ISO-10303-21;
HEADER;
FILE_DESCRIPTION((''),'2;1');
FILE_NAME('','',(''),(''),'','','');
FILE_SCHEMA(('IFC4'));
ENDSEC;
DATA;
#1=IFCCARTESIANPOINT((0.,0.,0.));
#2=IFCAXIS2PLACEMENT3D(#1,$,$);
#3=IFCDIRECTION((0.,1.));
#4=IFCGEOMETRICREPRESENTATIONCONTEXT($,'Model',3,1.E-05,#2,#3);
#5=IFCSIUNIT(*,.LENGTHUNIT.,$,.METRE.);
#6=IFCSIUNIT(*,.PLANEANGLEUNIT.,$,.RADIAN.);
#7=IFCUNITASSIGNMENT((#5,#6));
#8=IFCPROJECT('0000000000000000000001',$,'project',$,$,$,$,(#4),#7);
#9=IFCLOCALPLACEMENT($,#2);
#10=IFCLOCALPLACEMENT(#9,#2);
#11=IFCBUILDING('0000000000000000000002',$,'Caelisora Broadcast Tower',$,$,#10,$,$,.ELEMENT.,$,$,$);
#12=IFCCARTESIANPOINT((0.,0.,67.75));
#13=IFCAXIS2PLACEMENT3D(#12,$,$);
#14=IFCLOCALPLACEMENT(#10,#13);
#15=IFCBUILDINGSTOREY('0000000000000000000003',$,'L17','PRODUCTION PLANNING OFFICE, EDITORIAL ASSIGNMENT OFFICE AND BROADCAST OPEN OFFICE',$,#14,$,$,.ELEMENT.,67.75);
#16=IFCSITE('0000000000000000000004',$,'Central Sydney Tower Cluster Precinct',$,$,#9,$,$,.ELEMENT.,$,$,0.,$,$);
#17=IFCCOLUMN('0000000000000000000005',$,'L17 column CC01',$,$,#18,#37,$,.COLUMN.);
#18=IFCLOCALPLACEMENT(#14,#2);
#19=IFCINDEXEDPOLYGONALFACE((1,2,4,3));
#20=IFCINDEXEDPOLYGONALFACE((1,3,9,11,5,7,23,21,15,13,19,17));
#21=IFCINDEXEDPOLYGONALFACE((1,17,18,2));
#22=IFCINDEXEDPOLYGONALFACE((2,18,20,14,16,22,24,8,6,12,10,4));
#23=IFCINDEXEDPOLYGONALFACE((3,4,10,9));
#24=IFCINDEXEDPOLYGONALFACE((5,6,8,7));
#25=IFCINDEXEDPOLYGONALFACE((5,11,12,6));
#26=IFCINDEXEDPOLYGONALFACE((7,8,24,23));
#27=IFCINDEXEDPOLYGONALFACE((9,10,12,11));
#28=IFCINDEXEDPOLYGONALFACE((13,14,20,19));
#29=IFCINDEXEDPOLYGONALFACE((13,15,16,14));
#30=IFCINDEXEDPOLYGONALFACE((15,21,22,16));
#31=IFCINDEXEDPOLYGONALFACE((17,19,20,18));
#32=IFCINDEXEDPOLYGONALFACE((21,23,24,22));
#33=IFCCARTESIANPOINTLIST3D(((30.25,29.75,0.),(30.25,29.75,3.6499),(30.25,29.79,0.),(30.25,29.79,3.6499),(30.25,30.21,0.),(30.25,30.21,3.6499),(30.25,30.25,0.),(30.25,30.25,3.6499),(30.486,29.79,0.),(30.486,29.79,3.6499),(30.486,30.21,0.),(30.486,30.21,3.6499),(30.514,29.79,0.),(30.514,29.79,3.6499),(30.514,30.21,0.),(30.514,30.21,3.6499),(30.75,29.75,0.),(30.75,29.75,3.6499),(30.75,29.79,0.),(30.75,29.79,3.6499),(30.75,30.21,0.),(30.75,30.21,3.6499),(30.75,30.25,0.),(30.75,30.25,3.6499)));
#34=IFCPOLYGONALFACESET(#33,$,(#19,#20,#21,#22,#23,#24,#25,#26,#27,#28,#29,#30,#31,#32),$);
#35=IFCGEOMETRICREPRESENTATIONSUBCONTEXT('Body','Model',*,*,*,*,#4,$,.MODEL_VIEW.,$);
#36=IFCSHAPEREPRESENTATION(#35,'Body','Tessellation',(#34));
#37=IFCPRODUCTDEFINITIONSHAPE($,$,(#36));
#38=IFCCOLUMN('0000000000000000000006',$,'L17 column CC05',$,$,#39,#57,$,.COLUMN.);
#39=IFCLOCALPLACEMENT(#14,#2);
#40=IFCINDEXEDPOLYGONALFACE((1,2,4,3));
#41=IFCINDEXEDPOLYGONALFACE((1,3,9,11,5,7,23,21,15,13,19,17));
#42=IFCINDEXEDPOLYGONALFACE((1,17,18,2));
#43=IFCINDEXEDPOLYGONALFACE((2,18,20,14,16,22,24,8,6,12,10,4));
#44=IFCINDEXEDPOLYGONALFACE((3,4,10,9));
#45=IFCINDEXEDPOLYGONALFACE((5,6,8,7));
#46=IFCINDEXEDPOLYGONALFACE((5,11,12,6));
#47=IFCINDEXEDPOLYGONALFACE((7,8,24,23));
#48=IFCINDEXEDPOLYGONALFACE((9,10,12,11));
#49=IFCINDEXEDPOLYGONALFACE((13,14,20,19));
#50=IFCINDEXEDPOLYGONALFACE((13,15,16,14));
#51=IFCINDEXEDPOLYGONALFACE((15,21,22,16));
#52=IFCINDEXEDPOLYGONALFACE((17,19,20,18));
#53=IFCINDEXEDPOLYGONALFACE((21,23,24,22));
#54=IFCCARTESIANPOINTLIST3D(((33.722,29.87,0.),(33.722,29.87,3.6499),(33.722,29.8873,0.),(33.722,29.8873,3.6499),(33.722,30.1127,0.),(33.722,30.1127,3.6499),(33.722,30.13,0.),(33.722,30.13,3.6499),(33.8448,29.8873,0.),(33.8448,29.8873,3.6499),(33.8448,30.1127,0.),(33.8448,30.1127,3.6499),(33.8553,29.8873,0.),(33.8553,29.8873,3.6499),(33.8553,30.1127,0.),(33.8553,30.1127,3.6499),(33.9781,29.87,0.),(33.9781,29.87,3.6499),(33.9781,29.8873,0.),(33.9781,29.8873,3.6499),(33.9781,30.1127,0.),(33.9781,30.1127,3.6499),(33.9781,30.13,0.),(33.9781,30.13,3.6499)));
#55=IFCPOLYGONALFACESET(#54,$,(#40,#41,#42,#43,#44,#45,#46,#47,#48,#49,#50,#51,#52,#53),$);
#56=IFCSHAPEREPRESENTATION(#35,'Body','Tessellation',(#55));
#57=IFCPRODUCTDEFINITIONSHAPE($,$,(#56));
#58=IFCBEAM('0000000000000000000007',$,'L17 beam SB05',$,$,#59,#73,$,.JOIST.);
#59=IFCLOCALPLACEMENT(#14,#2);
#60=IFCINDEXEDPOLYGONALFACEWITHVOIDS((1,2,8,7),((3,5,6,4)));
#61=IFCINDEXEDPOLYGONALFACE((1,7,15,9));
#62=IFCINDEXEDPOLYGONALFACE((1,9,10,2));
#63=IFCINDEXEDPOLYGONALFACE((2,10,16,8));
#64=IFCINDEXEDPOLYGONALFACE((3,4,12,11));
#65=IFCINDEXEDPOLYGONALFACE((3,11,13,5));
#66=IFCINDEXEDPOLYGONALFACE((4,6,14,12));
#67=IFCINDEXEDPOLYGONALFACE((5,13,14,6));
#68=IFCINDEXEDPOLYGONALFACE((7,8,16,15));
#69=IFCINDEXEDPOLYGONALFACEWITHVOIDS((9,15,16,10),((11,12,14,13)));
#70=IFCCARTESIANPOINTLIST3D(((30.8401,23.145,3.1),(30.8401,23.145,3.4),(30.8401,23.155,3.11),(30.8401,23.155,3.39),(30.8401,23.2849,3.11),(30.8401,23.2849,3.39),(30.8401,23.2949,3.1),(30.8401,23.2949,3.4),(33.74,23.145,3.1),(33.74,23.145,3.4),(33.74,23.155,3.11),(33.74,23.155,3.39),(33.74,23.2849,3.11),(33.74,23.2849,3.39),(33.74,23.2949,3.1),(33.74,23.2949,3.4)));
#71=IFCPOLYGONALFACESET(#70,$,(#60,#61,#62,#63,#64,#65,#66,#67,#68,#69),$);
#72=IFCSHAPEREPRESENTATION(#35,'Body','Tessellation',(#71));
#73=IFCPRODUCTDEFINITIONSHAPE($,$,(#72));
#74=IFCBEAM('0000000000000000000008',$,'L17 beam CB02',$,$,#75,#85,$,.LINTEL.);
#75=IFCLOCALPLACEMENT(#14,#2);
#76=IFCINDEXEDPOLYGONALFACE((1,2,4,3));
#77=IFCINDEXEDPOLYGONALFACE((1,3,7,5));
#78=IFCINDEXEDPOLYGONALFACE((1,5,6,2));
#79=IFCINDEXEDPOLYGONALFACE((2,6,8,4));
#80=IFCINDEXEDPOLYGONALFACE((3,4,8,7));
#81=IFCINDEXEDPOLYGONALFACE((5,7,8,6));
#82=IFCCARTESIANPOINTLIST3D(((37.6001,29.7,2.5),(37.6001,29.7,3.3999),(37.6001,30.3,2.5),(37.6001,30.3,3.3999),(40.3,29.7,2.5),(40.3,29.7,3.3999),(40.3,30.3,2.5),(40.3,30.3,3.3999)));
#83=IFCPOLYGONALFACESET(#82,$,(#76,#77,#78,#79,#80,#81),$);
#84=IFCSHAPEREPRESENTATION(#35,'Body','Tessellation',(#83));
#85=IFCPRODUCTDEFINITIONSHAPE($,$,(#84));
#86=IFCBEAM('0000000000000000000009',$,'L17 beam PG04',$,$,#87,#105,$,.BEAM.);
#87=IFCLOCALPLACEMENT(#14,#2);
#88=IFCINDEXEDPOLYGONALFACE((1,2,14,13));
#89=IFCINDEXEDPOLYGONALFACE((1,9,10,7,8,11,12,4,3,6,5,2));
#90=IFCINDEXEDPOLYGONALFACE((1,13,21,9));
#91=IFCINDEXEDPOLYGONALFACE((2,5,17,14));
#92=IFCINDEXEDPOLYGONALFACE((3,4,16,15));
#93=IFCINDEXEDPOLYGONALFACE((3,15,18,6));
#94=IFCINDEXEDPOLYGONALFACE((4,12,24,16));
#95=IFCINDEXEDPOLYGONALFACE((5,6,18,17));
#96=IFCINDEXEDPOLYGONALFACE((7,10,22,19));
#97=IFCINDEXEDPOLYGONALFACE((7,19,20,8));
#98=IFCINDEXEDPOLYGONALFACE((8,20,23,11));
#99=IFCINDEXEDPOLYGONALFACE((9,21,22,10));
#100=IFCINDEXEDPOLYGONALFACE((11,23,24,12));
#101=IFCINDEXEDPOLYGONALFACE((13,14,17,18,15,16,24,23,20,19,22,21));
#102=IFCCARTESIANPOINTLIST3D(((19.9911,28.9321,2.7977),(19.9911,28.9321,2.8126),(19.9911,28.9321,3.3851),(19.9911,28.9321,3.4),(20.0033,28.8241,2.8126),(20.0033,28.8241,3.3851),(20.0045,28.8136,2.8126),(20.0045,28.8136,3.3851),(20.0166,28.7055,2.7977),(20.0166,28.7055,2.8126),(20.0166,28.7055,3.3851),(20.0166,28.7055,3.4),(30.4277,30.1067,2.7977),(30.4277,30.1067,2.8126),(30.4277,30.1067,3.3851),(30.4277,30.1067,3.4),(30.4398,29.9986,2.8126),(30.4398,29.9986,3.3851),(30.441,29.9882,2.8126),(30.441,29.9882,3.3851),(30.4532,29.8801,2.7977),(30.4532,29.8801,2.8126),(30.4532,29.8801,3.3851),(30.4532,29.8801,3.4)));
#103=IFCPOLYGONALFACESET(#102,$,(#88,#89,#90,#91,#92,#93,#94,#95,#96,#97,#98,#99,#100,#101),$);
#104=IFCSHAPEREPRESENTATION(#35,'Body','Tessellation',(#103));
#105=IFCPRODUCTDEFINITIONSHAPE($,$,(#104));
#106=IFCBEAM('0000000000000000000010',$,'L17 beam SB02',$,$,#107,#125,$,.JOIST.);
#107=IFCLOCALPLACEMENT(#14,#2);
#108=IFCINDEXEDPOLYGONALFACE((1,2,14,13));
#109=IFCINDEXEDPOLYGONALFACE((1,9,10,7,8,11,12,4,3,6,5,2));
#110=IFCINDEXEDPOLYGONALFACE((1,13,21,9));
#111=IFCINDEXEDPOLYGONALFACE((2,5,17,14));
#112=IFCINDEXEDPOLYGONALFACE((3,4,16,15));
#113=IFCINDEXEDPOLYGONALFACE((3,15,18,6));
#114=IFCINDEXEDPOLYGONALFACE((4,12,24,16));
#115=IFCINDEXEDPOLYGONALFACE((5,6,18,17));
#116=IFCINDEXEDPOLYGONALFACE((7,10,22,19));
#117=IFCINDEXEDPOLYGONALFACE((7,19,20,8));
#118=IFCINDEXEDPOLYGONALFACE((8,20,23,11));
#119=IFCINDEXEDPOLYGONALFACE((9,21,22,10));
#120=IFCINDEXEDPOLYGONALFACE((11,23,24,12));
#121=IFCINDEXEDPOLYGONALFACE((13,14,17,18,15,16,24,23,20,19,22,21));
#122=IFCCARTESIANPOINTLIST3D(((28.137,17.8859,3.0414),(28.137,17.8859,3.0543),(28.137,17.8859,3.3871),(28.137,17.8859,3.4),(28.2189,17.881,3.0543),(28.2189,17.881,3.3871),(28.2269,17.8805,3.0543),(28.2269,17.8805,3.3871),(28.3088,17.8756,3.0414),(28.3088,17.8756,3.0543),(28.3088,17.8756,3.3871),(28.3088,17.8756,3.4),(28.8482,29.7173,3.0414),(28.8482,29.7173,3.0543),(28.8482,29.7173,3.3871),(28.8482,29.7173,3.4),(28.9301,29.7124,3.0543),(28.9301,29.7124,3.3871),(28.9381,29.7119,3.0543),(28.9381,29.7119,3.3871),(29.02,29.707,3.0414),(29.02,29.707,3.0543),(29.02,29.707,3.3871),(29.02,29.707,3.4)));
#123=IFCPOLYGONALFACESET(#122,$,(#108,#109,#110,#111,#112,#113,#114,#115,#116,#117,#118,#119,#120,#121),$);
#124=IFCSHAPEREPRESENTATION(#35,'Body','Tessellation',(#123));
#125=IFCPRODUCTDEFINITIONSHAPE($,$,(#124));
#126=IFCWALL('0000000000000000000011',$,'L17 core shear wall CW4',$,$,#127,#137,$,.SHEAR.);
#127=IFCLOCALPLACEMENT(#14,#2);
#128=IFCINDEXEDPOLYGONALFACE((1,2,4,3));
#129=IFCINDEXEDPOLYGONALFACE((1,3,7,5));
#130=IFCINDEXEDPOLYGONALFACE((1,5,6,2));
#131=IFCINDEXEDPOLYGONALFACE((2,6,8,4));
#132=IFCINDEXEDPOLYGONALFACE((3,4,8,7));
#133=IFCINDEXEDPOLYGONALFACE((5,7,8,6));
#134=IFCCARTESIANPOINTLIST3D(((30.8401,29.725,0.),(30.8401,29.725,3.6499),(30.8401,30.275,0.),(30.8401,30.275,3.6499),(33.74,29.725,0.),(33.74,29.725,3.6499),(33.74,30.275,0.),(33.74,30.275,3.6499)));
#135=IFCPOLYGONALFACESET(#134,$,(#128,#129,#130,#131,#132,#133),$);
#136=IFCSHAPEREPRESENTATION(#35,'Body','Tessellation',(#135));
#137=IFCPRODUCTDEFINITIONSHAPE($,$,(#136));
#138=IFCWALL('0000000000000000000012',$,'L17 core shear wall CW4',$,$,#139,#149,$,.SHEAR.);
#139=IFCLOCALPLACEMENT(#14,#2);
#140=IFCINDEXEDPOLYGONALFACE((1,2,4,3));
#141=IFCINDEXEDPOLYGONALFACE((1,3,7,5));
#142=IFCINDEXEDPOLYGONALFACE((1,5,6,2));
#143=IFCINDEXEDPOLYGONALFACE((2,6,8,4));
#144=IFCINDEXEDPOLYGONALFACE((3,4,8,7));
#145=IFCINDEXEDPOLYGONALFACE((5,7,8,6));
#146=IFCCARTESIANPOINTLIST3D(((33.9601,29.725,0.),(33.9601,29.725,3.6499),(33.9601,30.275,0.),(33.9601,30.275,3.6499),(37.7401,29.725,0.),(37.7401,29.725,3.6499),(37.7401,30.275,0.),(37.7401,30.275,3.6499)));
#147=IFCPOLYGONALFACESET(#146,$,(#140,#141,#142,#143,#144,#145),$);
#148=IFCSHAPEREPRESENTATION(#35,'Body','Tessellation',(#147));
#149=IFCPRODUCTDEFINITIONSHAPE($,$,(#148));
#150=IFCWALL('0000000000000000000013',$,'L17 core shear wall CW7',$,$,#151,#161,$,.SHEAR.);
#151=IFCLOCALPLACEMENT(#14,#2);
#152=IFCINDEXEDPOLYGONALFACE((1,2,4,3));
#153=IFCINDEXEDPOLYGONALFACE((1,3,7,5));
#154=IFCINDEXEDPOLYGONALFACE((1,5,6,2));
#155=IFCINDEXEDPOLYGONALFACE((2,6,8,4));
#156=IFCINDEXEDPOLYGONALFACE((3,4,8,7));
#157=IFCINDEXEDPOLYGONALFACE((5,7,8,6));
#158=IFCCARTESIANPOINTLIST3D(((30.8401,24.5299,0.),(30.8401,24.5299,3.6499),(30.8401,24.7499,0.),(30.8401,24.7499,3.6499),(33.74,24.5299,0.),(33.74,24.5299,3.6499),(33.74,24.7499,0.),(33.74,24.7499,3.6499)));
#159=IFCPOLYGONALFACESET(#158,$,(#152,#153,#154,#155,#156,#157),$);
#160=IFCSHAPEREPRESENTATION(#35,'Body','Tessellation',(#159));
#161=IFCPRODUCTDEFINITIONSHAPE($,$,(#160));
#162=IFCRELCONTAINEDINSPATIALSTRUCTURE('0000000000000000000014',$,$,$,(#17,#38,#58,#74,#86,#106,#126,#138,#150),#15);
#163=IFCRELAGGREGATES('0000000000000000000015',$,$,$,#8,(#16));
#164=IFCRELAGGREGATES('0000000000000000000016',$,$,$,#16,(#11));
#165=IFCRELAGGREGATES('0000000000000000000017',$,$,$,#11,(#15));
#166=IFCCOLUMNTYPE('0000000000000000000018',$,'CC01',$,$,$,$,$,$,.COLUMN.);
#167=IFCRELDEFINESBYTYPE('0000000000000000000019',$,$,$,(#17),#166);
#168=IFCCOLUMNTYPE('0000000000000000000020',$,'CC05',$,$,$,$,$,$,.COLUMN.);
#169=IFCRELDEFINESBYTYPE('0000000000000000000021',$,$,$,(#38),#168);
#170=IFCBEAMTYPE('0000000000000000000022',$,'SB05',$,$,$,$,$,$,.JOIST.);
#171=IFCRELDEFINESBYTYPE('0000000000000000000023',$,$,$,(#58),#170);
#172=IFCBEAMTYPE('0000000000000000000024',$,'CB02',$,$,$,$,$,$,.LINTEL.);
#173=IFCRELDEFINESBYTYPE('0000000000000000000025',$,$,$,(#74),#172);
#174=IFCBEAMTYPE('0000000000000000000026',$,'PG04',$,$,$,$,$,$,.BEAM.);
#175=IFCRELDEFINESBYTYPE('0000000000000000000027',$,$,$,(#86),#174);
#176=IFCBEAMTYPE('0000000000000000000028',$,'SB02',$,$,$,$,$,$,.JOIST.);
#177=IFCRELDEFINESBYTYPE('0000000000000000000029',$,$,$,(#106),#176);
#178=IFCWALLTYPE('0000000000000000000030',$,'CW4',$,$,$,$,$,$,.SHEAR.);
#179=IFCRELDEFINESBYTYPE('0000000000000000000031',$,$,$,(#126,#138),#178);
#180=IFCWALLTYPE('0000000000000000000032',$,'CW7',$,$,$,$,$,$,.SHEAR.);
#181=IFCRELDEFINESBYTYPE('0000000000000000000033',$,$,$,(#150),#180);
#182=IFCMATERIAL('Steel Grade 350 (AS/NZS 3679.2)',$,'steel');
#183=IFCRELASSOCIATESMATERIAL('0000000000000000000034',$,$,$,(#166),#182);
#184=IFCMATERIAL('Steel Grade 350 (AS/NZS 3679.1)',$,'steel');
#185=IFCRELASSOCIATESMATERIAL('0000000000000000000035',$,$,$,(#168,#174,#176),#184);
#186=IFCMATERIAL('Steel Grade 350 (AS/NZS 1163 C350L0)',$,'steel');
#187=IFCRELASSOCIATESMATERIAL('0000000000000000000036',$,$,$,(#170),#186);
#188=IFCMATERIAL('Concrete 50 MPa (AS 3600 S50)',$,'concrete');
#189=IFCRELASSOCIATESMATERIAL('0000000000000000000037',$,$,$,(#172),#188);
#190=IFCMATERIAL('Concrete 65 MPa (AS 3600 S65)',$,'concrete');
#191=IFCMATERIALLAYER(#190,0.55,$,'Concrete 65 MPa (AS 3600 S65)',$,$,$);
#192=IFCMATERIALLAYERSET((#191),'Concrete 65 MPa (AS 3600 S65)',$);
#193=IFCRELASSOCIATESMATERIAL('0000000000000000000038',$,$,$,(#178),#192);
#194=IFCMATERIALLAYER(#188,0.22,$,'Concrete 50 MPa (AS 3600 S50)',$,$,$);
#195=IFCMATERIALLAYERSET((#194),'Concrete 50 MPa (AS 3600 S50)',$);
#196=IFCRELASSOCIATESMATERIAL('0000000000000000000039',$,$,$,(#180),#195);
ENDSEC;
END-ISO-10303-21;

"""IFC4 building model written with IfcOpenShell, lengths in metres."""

from ifc_helpers import new_model, si_unit, direction, frame, frame_2d, origin, origin_2d, place, context, subcontext, project, spatial, rectangle, hollow_rectangle, i_section, extrude, source, transform, mapped, material, layer, layer_set, material_profile, profile_set, type_object, type_shapes, element, save


model = new_model("IFC4")

# Units and contexts
model_context = context("Model", 3, precision=1e-05, world=origin(), true_north=direction((0.0, 1.0)))
body_context = subcontext(model_context, "Body", "Model", "MODEL_VIEW")
ifc_project = project(units=[si_unit("LENGTHUNIT", "METRE"), si_unit("PLANEANGLEUNIT", "RADIAN")], contexts=[model_context])

# Site, building, storey
site_placement = place(None, origin())
site = spatial("IfcSite", under=ifc_project, at=site_placement, Name="Central Sydney Tower Cluster Precinct", CompositionType="ELEMENT", RefElevation=0.0)
building_placement = place(site_placement, origin())
building = spatial("IfcBuilding", under=site, at=building_placement, Name="Caelisora Broadcast Tower", CompositionType="ELEMENT")
storey_placement = place(building_placement, frame((0.0, 0.0, 67.75)))
storey = spatial("IfcBuildingStorey", under=building, at=storey_placement, Name="L17", Description="PRODUCTION PLANNING OFFICE, EDITORIAL ASSIGNMENT OFFICE AND BROADCAST OPEN OFFICE", CompositionType="ELEMENT", Elevation=67.75)

# Columns
ifc_material_1 = material(Name="Steel Grade 350 (AS/NZS 3679.2)", Category="steel")
ifc_material_profile_1 = material_profile(ifc_material_1, i_section(OverallWidth=0.5, OverallDepth=0.5, WebThickness=0.0281, FlangeThickness=0.04, at=origin_2d()), Name="Steel Grade 350 (AS/NZS 3679.2)")
ifc_profile_set_1 = profile_set([ifc_material_profile_1], Name="Steel Grade 350 (AS/NZS 3679.2)")
column_type_1 = type_object("IfcColumnType", Name="CC01", PredefinedType="COLUMN", material=ifc_profile_set_1)
shared_shape_1 = source(origin(), body_context, "Body", "SweptSolid", [
    extrude(i_section(OverallWidth=0.5, OverallDepth=0.5, WebThickness=0.0281, FlangeThickness=0.04, at=origin_2d()), origin(), (0.0, 0.0, 1.0), 3.6499),
])
type_shapes(column_type_1, [shared_shape_1])
column_1_placement = place(storey_placement, frame((30.5, 30.0, 0.0), z_axis=(0.0, 0.0, 1.0), x_axis=(1.0, 0.0, 0.0)))
element("IfcColumn", 1, at=column_1_placement, inside=storey, type_object=column_type_1, Name="L17 column CC01", PredefinedType="COLUMN", context=body_context, shape_type="MappedRepresentation", body=[
    mapped(shared_shape_1, transform((0.0, 0.0, 0.0), scale=1.0)),
])
ifc_material_2 = material(Name="Steel Grade 350 (AS/NZS 3679.1)", Category="steel")
ifc_material_profile_2 = material_profile(ifc_material_2, i_section(OverallWidth=0.2561, OverallDepth=0.26, WebThickness=0.0105, FlangeThickness=0.0173, at=origin_2d()), Name="Steel Grade 350 (AS/NZS 3679.1)")
ifc_profile_set_2 = profile_set([ifc_material_profile_2], Name="Steel Grade 350 (AS/NZS 3679.1)")
column_type_2 = type_object("IfcColumnType", Name="CC05", PredefinedType="COLUMN", material=ifc_profile_set_2)
shared_shape_2 = source(origin(), body_context, "Body", "SweptSolid", [
    extrude(i_section(OverallWidth=0.2561, OverallDepth=0.26, WebThickness=0.0105, FlangeThickness=0.0173, at=origin_2d()), origin(), (0.0, 0.0, 1.0), 3.6499),
])
type_shapes(column_type_2, [shared_shape_2])
column_2_placement = place(storey_placement, frame((33.8501, 30.0, 0.0), z_axis=(0.0, 0.0, 1.0), x_axis=(1.0, 0.0, 0.0)))
element("IfcColumn", 2, at=column_2_placement, inside=storey, type_object=column_type_2, Name="L17 column CC05", PredefinedType="COLUMN", context=body_context, shape_type="MappedRepresentation", body=[
    mapped(shared_shape_2, transform((0.0, 0.0, 0.0), scale=1.0)),
])

# Beams
ifc_material_3 = material(Name="Steel Grade 350 (AS/NZS 1163 C350L0)", Category="steel")
ifc_material_profile_3 = material_profile(ifc_material_3, hollow_rectangle(XDim=0.1499, YDim=0.3, WallThickness=0.01, at=origin_2d()), Name="Steel Grade 350 (AS/NZS 1163 C350L0)")
ifc_profile_set_3 = profile_set([ifc_material_profile_3], Name="Steel Grade 350 (AS/NZS 1163 C350L0)")
beam_type_1 = type_object("IfcBeamType", Name="SB05", PredefinedType="JOIST", material=ifc_profile_set_3)
shared_shape_3 = source(origin(), body_context, "Body", "SweptSolid", [
    extrude(hollow_rectangle(XDim=0.1499, YDim=0.3, WallThickness=0.01, at=origin_2d()), origin(), (0.0, 0.0, 1.0), 2.8999),
])
type_shapes(beam_type_1, [shared_shape_3])
beam_1_placement = place(storey_placement, frame((30.8401, 23.22, 3.25), z_axis=(1.0, 0.0, 0.0), x_axis=(0.0, 1.0, 0.0)))
element("IfcBeam", 3, at=beam_1_placement, inside=storey, type_object=beam_type_1, Name="L17 beam SB05", PredefinedType="JOIST", context=body_context, shape_type="MappedRepresentation", body=[
    mapped(shared_shape_3, transform((0.0, 0.0, 0.0), scale=1.0)),
])
ifc_material_4 = material(Name="Concrete 50 MPa (AS 3600 S50)", Category="concrete")
ifc_material_profile_4 = material_profile(ifc_material_4, rectangle(XDim=0.6001, YDim=0.8999, at=origin_2d()), Name="Concrete 50 MPa (AS 3600 S50)")
ifc_profile_set_4 = profile_set([ifc_material_profile_4], Name="Concrete 50 MPa (AS 3600 S50)")
beam_type_2 = type_object("IfcBeamType", Name="CB02", PredefinedType="LINTEL", material=ifc_profile_set_4)
shared_shape_4 = source(origin(), body_context, "Body", "SweptSolid", [
    extrude(rectangle(XDim=0.6001, YDim=0.8999, at=origin_2d()), origin(), (0.0, 0.0, 1.0), 2.7),
])
type_shapes(beam_type_2, [shared_shape_4])
beam_2_placement = place(storey_placement, frame((37.6001, 30.0, 2.95), z_axis=(1.0, 0.0, 0.0), x_axis=(0.0, 1.0, 0.0)))
element("IfcBeam", 4, at=beam_2_placement, inside=storey, type_object=beam_type_2, Name="L17 beam CB02", PredefinedType="LINTEL", context=body_context, shape_type="MappedRepresentation", body=[
    mapped(shared_shape_4, transform((0.0, 0.0, 0.0), scale=1.0)),
])
ifc_material_profile_5 = material_profile(ifc_material_2, i_section(OverallWidth=0.228, OverallDepth=0.6023, WebThickness=0.0105, FlangeThickness=0.0149, at=origin_2d()), Name="Steel Grade 350 (AS/NZS 3679.1)")
ifc_profile_set_5 = profile_set([ifc_material_profile_5], Name="Steel Grade 350 (AS/NZS 3679.1)")
beam_type_3 = type_object("IfcBeamType", Name="PG04", PredefinedType="BEAM", material=ifc_profile_set_5)
shared_shape_5 = source(origin(), body_context, "Body", "SweptSolid", [
    extrude(i_section(OverallWidth=0.228, OverallDepth=0.6023, WebThickness=0.0105, FlangeThickness=0.0149, at=origin_2d()), origin(), (0.0, 0.0, 1.0), 10.5024),
])
type_shapes(beam_type_3, [shared_shape_5])
beam_3_placement = place(storey_placement, frame((30.4404, 29.9934, 3.0989), z_axis=(-0.993727, -0.111837, 0.0), x_axis=(0.111837, -0.993727, 0.0)))
element("IfcBeam", 5, at=beam_3_placement, inside=storey, type_object=beam_type_3, Name="L17 beam PG04", PredefinedType="BEAM", context=body_context, shape_type="MappedRepresentation", body=[
    mapped(shared_shape_5, transform((0.0, 0.0, 0.0), scale=1.0)),
])
ifc_material_profile_6 = material_profile(ifc_material_2, i_section(OverallWidth=0.1721, OverallDepth=0.3586, WebThickness=0.0081, FlangeThickness=0.0129, at=origin_2d()), Name="Steel Grade 350 (AS/NZS 3679.1)")
ifc_profile_set_6 = profile_set([ifc_material_profile_6], Name="Steel Grade 350 (AS/NZS 3679.1)")
beam_type_4 = type_object("IfcBeamType", Name="SB02", PredefinedType="JOIST", material=ifc_profile_set_6)
shared_shape_6 = source(origin(), body_context, "Body", "SweptSolid", [
    extrude(i_section(OverallWidth=0.1721, OverallDepth=0.3586, WebThickness=0.0081, FlangeThickness=0.0129, at=origin_2d()), origin(), (0.0, 0.0, 1.0), 11.8528),
])
type_shapes(beam_type_4, [shared_shape_6])
beam_4_placement = place(storey_placement, frame((28.9341, 29.7122, 3.2207), z_axis=(-0.060001, -0.998198, 0.0), x_axis=(0.998198, -0.060001, 0.0)))
element("IfcBeam", 6, at=beam_4_placement, inside=storey, type_object=beam_type_4, Name="L17 beam SB02", PredefinedType="JOIST", context=body_context, shape_type="MappedRepresentation", body=[
    mapped(shared_shape_6, transform((0.0, 0.0, 0.0), scale=1.0)),
])

# Walls
ifc_material_5 = material(Name="Concrete 65 MPa (AS 3600 S65)", Category="concrete")
ifc_layer_1 = layer(ifc_material_5, 0.55, Name="Concrete 65 MPa (AS 3600 S65)")
ifc_layer_set_1 = layer_set([ifc_layer_1], Name="Concrete 65 MPa (AS 3600 S65)")
wall_type_1 = type_object("IfcWallType", Name="CW4", PredefinedType="SHEAR", material=ifc_layer_set_1)
wall_1_placement = place(storey_placement, frame((30.8401, 30.0, 0.0), z_axis=(0.0, 0.0, 1.0), x_axis=(1.0, 0.0, 0.0)))
element("IfcWall", 7, at=wall_1_placement, inside=storey, type_object=wall_type_1, Name="L17 core shear wall CW4", PredefinedType="SHEAR", context=body_context, shape_type="SweptSolid", body=[
    extrude(rectangle(XDim=2.8999, YDim=0.55, at=frame_2d((1.45, 0.0))), origin(), (0.0, 0.0, 1.0), 3.6499),
])
wall_2_placement = place(storey_placement, frame((33.96, 30.0, 0.0), z_axis=(0.0, 0.0, 1.0), x_axis=(1.0, 0.0, 0.0)))
element("IfcWall", 8, at=wall_2_placement, inside=storey, type_object=wall_type_1, Name="L17 core shear wall CW4", PredefinedType="SHEAR", context=body_context, shape_type="SweptSolid", body=[
    extrude(rectangle(XDim=3.78, YDim=0.55, at=frame_2d((1.8901, 0.0))), origin(), (0.0, 0.0, 1.0), 3.6499),
])
ifc_layer_2 = layer(ifc_material_4, 0.22, Name="Concrete 50 MPa (AS 3600 S50)")
ifc_layer_set_2 = layer_set([ifc_layer_2], Name="Concrete 50 MPa (AS 3600 S50)")
wall_type_2 = type_object("IfcWallType", Name="CW7", PredefinedType="SHEAR", material=ifc_layer_set_2)
wall_3_placement = place(storey_placement, frame((30.8401, 24.6399, 0.0), z_axis=(0.0, 0.0, 1.0), x_axis=(1.0, 0.0, 0.0)))
element("IfcWall", 9, at=wall_3_placement, inside=storey, type_object=wall_type_2, Name="L17 core shear wall CW7", PredefinedType="SHEAR", context=body_context, shape_type="SweptSolid", body=[
    extrude(rectangle(XDim=2.8999, YDim=0.22, at=frame_2d((1.45, 0.0))), origin(), (0.0, 0.0, 1.0), 3.6499),
])

save(model, "model.ifc")
